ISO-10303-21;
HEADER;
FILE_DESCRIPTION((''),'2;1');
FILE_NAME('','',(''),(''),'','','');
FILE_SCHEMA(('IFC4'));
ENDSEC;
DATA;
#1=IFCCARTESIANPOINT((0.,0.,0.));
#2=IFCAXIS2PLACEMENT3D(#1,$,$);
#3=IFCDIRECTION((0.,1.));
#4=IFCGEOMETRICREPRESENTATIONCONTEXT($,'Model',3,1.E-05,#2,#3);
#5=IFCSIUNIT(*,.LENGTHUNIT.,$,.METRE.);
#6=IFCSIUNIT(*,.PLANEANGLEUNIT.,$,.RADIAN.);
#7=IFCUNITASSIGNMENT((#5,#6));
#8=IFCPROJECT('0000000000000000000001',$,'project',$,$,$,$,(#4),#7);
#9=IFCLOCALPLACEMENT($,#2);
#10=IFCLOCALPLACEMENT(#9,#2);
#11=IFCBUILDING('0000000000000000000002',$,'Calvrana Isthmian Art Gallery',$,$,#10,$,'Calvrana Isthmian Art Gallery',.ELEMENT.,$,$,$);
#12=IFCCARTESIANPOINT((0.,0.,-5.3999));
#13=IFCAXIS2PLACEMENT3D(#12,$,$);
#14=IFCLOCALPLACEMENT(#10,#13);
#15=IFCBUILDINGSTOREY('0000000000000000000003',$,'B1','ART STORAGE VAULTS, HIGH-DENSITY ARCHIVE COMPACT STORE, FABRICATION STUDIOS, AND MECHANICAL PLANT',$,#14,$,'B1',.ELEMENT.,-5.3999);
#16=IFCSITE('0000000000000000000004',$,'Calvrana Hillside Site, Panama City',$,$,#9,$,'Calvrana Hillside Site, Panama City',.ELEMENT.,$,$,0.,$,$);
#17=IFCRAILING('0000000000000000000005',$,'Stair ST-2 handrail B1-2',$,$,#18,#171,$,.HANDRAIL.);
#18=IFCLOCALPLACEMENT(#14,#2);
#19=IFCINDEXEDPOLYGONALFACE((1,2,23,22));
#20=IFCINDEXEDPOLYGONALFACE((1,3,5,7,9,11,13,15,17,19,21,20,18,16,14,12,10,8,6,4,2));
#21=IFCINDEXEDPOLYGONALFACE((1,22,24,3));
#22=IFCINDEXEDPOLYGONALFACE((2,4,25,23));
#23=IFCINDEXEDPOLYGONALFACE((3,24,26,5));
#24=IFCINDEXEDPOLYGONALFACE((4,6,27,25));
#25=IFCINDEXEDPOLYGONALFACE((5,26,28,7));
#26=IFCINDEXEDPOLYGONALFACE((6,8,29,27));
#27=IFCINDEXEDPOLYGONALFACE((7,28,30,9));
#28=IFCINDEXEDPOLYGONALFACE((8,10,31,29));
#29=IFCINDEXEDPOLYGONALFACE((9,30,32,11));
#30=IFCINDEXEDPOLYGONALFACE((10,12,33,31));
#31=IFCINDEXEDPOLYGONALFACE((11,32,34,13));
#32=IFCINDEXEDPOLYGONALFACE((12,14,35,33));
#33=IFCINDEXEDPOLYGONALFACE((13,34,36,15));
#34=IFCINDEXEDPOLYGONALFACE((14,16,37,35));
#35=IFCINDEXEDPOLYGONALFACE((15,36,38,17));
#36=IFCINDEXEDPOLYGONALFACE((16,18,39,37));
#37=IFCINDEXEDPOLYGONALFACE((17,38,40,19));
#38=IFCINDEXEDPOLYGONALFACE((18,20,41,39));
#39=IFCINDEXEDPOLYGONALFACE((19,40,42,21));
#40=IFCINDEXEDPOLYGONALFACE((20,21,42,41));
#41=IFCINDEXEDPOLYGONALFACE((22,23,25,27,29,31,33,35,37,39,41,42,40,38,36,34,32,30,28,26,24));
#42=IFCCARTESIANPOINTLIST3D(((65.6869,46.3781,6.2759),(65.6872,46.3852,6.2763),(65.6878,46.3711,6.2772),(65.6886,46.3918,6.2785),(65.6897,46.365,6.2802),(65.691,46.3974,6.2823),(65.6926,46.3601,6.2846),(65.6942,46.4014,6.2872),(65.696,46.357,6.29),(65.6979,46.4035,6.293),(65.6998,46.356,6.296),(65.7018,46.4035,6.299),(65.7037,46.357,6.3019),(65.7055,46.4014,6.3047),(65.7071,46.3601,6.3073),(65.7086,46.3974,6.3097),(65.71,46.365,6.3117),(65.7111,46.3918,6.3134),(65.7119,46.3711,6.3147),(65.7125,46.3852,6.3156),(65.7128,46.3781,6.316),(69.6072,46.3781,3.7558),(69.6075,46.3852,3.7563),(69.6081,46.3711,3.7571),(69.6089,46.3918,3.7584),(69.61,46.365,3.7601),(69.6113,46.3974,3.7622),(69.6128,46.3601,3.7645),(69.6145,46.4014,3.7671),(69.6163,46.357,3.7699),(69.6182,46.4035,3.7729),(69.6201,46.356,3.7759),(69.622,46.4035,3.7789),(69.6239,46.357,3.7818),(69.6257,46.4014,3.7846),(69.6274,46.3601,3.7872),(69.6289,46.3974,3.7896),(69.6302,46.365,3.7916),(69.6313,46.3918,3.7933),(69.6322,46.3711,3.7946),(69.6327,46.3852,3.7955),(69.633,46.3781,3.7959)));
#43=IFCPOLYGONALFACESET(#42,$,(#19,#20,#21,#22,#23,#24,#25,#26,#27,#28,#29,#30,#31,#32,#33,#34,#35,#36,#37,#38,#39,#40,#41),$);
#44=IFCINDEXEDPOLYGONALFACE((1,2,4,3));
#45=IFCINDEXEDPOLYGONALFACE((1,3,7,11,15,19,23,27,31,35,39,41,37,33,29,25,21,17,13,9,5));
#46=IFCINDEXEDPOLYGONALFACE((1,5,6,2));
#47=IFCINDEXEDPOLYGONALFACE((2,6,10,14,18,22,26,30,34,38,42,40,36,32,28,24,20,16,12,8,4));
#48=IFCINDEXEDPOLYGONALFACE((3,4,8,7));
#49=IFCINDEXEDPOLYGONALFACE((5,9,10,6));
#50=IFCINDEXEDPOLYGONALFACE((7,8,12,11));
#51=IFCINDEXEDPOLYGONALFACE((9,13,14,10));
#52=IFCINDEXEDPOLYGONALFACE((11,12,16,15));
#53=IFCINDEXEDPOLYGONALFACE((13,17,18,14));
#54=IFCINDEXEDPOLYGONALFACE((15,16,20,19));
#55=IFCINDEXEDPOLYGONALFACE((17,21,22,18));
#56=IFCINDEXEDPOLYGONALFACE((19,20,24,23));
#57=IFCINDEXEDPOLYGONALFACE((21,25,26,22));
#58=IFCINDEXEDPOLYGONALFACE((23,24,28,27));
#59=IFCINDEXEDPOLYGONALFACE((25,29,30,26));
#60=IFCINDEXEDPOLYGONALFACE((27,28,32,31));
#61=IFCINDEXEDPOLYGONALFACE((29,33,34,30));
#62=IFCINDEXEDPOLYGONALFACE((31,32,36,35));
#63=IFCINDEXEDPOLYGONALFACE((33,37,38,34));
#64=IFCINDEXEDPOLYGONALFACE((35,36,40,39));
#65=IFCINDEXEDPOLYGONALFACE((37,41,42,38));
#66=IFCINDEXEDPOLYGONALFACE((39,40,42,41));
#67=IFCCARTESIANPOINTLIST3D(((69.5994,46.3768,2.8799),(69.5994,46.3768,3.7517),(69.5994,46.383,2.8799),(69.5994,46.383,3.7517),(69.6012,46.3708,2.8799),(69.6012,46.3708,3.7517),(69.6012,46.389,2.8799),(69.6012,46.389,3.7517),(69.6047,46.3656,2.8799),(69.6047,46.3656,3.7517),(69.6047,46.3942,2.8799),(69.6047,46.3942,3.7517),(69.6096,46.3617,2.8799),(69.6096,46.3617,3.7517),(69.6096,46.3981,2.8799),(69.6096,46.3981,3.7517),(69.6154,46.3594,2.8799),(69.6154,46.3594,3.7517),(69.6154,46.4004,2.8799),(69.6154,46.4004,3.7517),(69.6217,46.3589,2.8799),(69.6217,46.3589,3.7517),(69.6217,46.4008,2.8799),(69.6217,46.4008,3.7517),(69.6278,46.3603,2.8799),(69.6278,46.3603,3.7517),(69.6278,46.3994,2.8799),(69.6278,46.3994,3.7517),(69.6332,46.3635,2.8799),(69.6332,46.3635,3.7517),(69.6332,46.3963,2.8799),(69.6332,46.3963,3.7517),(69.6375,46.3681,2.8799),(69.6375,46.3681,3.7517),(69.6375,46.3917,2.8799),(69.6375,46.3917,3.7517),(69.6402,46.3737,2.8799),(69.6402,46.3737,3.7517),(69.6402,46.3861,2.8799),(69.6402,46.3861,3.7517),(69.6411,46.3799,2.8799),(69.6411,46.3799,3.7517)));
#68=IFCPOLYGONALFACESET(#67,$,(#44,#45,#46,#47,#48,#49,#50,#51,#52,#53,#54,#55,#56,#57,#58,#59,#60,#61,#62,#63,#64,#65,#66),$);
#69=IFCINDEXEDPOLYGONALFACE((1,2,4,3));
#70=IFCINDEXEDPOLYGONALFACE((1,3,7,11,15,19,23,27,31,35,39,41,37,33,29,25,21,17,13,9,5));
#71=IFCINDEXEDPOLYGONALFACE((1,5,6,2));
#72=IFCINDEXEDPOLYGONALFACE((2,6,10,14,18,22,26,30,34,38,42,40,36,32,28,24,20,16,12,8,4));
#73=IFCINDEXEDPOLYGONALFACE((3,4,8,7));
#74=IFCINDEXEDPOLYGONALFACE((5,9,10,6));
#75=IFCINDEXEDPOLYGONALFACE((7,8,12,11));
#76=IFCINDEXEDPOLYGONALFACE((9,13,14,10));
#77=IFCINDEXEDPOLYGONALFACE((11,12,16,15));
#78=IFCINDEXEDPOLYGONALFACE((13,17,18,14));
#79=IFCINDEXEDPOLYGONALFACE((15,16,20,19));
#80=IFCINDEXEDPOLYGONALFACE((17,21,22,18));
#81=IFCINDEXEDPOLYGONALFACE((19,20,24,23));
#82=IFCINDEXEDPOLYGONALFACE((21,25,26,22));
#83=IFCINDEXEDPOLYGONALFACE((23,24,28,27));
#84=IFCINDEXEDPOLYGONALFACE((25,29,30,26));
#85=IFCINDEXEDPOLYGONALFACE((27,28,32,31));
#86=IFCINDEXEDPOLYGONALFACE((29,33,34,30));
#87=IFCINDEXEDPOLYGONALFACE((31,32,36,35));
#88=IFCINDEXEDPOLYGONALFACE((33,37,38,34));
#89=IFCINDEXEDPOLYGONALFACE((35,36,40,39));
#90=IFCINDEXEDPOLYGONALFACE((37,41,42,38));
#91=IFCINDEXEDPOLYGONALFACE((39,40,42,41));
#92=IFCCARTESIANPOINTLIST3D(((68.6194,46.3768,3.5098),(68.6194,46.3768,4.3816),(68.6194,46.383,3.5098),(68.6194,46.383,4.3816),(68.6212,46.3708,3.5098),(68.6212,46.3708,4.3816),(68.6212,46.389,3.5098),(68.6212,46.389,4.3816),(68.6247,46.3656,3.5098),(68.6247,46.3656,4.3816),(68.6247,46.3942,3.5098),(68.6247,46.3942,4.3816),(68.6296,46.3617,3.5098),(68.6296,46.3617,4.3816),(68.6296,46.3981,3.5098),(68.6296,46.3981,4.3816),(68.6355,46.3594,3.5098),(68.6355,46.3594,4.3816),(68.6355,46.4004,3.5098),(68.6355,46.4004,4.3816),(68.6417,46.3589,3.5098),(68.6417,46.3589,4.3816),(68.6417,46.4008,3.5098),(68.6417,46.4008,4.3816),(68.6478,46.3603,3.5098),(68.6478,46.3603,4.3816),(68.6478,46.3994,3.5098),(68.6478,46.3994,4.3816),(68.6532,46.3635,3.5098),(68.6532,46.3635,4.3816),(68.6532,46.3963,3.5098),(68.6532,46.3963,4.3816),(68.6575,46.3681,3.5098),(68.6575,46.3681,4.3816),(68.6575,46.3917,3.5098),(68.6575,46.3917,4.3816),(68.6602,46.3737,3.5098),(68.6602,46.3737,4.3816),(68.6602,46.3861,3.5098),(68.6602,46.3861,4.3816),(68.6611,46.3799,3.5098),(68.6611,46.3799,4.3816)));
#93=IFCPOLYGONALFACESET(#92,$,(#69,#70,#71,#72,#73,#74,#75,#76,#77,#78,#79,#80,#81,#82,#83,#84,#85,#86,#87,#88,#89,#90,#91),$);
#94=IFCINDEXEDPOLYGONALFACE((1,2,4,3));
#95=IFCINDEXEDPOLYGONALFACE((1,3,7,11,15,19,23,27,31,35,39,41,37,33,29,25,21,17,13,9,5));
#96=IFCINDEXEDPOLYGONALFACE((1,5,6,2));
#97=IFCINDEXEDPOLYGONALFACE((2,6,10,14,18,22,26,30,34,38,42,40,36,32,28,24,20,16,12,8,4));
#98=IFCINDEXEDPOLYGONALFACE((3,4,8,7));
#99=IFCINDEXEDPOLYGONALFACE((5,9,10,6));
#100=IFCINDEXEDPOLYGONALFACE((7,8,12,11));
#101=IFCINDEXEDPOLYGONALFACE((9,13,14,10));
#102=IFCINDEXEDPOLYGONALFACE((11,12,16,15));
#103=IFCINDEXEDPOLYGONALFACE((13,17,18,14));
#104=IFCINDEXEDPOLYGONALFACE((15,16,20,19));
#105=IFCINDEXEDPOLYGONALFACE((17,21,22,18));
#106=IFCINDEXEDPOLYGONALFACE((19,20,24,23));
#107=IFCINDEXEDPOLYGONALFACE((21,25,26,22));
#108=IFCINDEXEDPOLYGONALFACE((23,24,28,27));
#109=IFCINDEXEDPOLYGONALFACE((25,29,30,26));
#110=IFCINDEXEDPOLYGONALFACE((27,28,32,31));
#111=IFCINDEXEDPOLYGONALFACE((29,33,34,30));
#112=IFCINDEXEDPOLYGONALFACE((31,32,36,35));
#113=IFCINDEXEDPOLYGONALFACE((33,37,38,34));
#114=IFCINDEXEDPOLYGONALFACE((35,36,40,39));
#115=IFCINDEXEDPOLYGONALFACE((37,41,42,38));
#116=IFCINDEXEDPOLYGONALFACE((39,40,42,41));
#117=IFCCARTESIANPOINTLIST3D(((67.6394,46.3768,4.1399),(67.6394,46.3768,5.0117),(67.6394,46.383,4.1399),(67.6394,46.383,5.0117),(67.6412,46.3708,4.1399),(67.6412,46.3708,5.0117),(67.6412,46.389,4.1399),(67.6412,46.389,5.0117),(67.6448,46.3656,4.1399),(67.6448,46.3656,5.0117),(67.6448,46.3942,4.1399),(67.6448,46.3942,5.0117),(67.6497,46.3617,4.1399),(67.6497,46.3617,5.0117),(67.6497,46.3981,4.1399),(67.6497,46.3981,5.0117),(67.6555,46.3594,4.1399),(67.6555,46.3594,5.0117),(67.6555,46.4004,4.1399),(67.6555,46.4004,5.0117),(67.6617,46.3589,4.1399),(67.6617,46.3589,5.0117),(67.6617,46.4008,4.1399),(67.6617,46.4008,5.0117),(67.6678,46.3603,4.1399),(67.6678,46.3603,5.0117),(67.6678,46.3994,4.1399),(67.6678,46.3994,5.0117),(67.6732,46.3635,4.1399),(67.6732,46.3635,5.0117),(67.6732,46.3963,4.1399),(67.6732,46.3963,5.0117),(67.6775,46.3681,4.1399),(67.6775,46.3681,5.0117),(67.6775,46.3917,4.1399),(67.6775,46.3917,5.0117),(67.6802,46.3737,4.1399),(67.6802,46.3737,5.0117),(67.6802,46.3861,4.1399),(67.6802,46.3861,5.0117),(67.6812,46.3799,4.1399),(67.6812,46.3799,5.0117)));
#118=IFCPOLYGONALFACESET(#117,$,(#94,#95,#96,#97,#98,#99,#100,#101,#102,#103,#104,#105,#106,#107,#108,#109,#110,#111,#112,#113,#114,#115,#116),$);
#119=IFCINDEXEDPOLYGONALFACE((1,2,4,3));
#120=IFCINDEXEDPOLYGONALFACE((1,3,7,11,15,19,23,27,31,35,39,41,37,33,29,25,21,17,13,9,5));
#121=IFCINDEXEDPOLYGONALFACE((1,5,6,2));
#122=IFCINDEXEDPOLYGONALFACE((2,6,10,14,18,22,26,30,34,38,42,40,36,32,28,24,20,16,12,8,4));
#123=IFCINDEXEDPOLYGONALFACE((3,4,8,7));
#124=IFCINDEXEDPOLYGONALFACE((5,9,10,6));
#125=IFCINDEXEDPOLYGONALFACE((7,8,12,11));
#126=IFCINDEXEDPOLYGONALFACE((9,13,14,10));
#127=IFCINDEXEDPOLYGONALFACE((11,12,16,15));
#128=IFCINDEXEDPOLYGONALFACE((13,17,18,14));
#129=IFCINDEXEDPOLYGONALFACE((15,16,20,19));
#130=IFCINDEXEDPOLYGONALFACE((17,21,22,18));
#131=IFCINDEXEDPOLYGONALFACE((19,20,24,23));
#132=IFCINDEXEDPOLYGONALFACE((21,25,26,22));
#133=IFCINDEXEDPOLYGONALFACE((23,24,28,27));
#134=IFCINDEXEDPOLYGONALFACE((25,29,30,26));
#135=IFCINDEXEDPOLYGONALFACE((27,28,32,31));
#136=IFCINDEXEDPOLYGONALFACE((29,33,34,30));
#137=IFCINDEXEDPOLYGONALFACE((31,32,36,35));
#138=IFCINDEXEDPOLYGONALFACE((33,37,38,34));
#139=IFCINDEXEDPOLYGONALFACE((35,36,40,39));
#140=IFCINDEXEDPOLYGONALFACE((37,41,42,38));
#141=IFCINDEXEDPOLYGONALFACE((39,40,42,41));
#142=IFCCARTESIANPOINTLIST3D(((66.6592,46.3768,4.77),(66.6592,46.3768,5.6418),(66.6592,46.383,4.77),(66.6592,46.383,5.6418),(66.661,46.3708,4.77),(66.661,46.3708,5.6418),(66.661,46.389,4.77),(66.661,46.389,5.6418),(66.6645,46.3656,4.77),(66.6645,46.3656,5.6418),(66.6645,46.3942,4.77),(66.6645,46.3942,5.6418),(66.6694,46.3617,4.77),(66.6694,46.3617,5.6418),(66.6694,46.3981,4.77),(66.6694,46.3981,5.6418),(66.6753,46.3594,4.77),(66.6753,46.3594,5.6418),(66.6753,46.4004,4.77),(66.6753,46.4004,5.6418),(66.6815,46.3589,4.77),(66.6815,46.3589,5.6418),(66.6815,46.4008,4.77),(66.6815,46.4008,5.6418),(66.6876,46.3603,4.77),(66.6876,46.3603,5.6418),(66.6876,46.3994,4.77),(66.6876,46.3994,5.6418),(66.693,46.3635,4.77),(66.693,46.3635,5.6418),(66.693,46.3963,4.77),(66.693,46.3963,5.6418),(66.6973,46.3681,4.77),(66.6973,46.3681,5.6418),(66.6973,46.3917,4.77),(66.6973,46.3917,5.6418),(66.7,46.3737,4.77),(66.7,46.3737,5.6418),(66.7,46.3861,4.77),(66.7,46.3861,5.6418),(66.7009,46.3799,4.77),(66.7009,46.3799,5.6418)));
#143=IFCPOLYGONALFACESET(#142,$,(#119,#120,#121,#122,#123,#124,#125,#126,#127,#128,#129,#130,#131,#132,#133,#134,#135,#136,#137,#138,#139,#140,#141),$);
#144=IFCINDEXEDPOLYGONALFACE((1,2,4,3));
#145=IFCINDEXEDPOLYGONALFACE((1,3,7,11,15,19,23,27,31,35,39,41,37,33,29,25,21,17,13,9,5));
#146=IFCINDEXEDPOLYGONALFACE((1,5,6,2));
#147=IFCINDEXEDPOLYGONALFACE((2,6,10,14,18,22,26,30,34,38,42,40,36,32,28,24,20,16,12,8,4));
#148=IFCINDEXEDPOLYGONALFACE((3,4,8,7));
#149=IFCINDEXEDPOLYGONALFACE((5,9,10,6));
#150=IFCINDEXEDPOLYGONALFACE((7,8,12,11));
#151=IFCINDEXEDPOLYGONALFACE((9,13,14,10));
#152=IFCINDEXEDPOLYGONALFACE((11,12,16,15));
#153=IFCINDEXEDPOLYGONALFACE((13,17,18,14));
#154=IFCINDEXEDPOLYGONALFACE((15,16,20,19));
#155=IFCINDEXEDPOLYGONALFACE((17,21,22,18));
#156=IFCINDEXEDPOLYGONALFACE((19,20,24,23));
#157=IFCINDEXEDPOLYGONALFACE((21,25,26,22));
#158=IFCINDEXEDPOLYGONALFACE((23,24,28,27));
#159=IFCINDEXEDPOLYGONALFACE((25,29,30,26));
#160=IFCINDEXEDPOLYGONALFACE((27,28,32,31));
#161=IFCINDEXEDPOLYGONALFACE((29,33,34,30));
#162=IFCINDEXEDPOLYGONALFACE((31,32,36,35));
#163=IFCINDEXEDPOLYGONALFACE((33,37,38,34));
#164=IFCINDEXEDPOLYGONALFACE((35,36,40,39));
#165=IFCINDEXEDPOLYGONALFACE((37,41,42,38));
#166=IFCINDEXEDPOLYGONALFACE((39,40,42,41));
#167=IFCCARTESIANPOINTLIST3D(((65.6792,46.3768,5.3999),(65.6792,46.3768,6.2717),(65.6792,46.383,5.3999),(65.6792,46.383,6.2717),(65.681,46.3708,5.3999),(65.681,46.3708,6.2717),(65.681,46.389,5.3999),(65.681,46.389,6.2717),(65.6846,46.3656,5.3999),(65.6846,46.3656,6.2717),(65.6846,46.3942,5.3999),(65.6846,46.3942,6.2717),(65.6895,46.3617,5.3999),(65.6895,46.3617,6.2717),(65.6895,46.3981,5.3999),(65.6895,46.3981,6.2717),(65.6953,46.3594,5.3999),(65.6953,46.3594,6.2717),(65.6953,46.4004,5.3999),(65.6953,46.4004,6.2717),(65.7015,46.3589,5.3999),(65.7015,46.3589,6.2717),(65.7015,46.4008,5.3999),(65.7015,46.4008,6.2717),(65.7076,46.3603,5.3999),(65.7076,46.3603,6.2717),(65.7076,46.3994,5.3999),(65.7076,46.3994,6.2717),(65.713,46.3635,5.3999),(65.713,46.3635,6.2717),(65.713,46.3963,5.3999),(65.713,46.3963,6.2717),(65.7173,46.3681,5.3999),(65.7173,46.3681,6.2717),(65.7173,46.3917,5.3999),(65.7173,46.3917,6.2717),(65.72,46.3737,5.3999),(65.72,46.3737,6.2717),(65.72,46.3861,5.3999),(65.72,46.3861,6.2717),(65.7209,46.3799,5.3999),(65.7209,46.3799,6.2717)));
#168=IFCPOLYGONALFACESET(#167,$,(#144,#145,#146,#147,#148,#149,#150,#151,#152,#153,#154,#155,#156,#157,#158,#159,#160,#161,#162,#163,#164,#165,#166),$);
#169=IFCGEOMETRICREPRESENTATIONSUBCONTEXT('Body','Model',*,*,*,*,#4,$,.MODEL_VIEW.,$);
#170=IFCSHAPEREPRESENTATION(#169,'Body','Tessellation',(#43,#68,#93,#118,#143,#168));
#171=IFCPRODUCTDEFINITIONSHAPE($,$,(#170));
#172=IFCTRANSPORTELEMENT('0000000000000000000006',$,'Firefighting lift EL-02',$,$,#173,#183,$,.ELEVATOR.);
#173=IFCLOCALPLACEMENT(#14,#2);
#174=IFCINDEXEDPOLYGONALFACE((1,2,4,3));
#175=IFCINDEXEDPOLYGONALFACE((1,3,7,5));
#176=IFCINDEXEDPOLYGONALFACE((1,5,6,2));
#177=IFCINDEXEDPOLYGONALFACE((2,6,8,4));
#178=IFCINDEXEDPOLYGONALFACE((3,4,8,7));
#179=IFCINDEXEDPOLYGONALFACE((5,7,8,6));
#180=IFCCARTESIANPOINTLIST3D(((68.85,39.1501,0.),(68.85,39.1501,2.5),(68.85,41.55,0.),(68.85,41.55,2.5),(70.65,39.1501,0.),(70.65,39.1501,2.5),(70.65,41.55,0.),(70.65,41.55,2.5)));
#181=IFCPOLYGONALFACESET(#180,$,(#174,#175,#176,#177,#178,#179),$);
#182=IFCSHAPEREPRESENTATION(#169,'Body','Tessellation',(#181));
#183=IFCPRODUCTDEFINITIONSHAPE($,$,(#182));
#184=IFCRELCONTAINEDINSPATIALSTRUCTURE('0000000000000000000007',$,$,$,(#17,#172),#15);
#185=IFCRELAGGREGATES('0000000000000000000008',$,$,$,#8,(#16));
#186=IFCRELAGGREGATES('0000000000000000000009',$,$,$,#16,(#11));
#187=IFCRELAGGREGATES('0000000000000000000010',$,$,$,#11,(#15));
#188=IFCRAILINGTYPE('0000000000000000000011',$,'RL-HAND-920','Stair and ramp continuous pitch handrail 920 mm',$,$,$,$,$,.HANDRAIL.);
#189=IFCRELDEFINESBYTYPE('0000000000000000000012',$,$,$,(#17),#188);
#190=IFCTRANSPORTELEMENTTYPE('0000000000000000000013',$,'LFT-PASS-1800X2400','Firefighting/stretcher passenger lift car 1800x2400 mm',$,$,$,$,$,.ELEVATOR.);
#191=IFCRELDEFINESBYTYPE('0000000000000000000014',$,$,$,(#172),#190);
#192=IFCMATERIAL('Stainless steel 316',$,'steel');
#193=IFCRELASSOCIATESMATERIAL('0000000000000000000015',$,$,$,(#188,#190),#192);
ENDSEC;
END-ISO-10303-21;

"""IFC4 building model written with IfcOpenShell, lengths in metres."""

from ifc_helpers import new_model, si_unit, direction, frame, origin, origin_2d, place, context, subcontext, project, spatial, rectangle, circle, extrude, material, type_object, element, save


model = new_model("IFC4")

# Units and contexts
model_context = context("Model", 3, precision=1e-05, world=origin(), true_north=direction((0.0, 1.0)))
body_context = subcontext(model_context, "Body", "Model", "MODEL_VIEW")
ifc_project = project(units=[si_unit("LENGTHUNIT", "METRE"), si_unit("PLANEANGLEUNIT", "RADIAN")], contexts=[model_context])

# Site, building, storey
site_placement = place(None, origin())
site = spatial("IfcSite", under=ifc_project, at=site_placement, Name="Calvrana Hillside Site, Panama City", LongName="Calvrana Hillside Site, Panama City", CompositionType="ELEMENT", RefElevation=0.0)
building_placement = place(site_placement, origin())
building = spatial("IfcBuilding", under=site, at=building_placement, Name="Calvrana Isthmian Art Gallery", LongName="Calvrana Isthmian Art Gallery", CompositionType="ELEMENT")
storey_placement = place(building_placement, frame((0.0, 0.0, -5.3999)))
storey = spatial("IfcBuildingStorey", under=building, at=storey_placement, Name="B1", Description="ART STORAGE VAULTS, HIGH-DENSITY ARCHIVE COMPACT STORE, FABRICATION STUDIOS, AND MECHANICAL PLANT", LongName="B1", CompositionType="ELEMENT", Elevation=-5.3999)

# Railing
ifc_material_1 = material(Name="Stainless steel 316", Category="steel")
railing_type_1 = type_object("IfcRailingType", Name="RL-HAND-920", Description="Stair and ramp continuous pitch handrail 920 mm", PredefinedType="HANDRAIL", material=ifc_material_1)
railing_1_placement = place(storey_placement, frame((69.6201, 46.3799, 2.8799)))
element("IfcRailing", 1, at=railing_1_placement, inside=storey, type_object=railing_type_1, Name="Stair ST-2 handrail B1-2", PredefinedType="HANDRAIL", context=body_context, shape_type="SweptSolid", body=[
    extrude(circle(Radius=0.0239, at=origin_2d()), frame((0.0, 0.0, 0.896), z_axis=(-0.841187, 0.0, 0.540744), x_axis=(0.0, -1.0, 0.0)), (0.0, 0.0, 1.0), 4.6604),
    extrude(circle(Radius=0.021, at=origin_2d()), origin(), (0.0, 0.0, 1.0), 0.8718),
    extrude(circle(Radius=0.021, at=origin_2d()), frame((-0.98, 0.0, 0.6299)), (0.0, 0.0, 1.0), 0.8718),
    extrude(circle(Radius=0.021, at=origin_2d()), frame((-1.96, 0.0, 1.26)), (0.0, 0.0, 1.0), 0.8718),
    extrude(circle(Radius=0.021, at=origin_2d()), frame((-2.9402, 0.0, 1.8901)), (0.0, 0.0, 1.0), 0.8718),
    extrude(circle(Radius=0.021, at=origin_2d()), frame((-3.9202, 0.0, 2.52)), (0.0, 0.0, 1.0), 0.8718),
])

# Transport element
transport_element_type = type_object("IfcTransportElementType", Name="LFT-PASS-1800X2400", Description="Firefighting/stretcher passenger lift car 1800x2400 mm", PredefinedType="ELEVATOR", material=ifc_material_1)
transport_element_placement = place(storey_placement, frame((69.75, 40.3501, 0.0), z_axis=(0.0, 0.0, 1.0), x_axis=(1.0, 0.0, 0.0)))
element("IfcTransportElement", 2, at=transport_element_placement, inside=storey, type_object=transport_element_type, Name="Firefighting lift EL-02", PredefinedType="ELEVATOR", context=body_context, shape_type="SweptSolid", body=[
    extrude(rectangle(XDim=1.8, YDim=2.3999, at=origin_2d()), origin(), (0.0, 0.0, 1.0), 2.5),
])

save(model, "model.ifc")
